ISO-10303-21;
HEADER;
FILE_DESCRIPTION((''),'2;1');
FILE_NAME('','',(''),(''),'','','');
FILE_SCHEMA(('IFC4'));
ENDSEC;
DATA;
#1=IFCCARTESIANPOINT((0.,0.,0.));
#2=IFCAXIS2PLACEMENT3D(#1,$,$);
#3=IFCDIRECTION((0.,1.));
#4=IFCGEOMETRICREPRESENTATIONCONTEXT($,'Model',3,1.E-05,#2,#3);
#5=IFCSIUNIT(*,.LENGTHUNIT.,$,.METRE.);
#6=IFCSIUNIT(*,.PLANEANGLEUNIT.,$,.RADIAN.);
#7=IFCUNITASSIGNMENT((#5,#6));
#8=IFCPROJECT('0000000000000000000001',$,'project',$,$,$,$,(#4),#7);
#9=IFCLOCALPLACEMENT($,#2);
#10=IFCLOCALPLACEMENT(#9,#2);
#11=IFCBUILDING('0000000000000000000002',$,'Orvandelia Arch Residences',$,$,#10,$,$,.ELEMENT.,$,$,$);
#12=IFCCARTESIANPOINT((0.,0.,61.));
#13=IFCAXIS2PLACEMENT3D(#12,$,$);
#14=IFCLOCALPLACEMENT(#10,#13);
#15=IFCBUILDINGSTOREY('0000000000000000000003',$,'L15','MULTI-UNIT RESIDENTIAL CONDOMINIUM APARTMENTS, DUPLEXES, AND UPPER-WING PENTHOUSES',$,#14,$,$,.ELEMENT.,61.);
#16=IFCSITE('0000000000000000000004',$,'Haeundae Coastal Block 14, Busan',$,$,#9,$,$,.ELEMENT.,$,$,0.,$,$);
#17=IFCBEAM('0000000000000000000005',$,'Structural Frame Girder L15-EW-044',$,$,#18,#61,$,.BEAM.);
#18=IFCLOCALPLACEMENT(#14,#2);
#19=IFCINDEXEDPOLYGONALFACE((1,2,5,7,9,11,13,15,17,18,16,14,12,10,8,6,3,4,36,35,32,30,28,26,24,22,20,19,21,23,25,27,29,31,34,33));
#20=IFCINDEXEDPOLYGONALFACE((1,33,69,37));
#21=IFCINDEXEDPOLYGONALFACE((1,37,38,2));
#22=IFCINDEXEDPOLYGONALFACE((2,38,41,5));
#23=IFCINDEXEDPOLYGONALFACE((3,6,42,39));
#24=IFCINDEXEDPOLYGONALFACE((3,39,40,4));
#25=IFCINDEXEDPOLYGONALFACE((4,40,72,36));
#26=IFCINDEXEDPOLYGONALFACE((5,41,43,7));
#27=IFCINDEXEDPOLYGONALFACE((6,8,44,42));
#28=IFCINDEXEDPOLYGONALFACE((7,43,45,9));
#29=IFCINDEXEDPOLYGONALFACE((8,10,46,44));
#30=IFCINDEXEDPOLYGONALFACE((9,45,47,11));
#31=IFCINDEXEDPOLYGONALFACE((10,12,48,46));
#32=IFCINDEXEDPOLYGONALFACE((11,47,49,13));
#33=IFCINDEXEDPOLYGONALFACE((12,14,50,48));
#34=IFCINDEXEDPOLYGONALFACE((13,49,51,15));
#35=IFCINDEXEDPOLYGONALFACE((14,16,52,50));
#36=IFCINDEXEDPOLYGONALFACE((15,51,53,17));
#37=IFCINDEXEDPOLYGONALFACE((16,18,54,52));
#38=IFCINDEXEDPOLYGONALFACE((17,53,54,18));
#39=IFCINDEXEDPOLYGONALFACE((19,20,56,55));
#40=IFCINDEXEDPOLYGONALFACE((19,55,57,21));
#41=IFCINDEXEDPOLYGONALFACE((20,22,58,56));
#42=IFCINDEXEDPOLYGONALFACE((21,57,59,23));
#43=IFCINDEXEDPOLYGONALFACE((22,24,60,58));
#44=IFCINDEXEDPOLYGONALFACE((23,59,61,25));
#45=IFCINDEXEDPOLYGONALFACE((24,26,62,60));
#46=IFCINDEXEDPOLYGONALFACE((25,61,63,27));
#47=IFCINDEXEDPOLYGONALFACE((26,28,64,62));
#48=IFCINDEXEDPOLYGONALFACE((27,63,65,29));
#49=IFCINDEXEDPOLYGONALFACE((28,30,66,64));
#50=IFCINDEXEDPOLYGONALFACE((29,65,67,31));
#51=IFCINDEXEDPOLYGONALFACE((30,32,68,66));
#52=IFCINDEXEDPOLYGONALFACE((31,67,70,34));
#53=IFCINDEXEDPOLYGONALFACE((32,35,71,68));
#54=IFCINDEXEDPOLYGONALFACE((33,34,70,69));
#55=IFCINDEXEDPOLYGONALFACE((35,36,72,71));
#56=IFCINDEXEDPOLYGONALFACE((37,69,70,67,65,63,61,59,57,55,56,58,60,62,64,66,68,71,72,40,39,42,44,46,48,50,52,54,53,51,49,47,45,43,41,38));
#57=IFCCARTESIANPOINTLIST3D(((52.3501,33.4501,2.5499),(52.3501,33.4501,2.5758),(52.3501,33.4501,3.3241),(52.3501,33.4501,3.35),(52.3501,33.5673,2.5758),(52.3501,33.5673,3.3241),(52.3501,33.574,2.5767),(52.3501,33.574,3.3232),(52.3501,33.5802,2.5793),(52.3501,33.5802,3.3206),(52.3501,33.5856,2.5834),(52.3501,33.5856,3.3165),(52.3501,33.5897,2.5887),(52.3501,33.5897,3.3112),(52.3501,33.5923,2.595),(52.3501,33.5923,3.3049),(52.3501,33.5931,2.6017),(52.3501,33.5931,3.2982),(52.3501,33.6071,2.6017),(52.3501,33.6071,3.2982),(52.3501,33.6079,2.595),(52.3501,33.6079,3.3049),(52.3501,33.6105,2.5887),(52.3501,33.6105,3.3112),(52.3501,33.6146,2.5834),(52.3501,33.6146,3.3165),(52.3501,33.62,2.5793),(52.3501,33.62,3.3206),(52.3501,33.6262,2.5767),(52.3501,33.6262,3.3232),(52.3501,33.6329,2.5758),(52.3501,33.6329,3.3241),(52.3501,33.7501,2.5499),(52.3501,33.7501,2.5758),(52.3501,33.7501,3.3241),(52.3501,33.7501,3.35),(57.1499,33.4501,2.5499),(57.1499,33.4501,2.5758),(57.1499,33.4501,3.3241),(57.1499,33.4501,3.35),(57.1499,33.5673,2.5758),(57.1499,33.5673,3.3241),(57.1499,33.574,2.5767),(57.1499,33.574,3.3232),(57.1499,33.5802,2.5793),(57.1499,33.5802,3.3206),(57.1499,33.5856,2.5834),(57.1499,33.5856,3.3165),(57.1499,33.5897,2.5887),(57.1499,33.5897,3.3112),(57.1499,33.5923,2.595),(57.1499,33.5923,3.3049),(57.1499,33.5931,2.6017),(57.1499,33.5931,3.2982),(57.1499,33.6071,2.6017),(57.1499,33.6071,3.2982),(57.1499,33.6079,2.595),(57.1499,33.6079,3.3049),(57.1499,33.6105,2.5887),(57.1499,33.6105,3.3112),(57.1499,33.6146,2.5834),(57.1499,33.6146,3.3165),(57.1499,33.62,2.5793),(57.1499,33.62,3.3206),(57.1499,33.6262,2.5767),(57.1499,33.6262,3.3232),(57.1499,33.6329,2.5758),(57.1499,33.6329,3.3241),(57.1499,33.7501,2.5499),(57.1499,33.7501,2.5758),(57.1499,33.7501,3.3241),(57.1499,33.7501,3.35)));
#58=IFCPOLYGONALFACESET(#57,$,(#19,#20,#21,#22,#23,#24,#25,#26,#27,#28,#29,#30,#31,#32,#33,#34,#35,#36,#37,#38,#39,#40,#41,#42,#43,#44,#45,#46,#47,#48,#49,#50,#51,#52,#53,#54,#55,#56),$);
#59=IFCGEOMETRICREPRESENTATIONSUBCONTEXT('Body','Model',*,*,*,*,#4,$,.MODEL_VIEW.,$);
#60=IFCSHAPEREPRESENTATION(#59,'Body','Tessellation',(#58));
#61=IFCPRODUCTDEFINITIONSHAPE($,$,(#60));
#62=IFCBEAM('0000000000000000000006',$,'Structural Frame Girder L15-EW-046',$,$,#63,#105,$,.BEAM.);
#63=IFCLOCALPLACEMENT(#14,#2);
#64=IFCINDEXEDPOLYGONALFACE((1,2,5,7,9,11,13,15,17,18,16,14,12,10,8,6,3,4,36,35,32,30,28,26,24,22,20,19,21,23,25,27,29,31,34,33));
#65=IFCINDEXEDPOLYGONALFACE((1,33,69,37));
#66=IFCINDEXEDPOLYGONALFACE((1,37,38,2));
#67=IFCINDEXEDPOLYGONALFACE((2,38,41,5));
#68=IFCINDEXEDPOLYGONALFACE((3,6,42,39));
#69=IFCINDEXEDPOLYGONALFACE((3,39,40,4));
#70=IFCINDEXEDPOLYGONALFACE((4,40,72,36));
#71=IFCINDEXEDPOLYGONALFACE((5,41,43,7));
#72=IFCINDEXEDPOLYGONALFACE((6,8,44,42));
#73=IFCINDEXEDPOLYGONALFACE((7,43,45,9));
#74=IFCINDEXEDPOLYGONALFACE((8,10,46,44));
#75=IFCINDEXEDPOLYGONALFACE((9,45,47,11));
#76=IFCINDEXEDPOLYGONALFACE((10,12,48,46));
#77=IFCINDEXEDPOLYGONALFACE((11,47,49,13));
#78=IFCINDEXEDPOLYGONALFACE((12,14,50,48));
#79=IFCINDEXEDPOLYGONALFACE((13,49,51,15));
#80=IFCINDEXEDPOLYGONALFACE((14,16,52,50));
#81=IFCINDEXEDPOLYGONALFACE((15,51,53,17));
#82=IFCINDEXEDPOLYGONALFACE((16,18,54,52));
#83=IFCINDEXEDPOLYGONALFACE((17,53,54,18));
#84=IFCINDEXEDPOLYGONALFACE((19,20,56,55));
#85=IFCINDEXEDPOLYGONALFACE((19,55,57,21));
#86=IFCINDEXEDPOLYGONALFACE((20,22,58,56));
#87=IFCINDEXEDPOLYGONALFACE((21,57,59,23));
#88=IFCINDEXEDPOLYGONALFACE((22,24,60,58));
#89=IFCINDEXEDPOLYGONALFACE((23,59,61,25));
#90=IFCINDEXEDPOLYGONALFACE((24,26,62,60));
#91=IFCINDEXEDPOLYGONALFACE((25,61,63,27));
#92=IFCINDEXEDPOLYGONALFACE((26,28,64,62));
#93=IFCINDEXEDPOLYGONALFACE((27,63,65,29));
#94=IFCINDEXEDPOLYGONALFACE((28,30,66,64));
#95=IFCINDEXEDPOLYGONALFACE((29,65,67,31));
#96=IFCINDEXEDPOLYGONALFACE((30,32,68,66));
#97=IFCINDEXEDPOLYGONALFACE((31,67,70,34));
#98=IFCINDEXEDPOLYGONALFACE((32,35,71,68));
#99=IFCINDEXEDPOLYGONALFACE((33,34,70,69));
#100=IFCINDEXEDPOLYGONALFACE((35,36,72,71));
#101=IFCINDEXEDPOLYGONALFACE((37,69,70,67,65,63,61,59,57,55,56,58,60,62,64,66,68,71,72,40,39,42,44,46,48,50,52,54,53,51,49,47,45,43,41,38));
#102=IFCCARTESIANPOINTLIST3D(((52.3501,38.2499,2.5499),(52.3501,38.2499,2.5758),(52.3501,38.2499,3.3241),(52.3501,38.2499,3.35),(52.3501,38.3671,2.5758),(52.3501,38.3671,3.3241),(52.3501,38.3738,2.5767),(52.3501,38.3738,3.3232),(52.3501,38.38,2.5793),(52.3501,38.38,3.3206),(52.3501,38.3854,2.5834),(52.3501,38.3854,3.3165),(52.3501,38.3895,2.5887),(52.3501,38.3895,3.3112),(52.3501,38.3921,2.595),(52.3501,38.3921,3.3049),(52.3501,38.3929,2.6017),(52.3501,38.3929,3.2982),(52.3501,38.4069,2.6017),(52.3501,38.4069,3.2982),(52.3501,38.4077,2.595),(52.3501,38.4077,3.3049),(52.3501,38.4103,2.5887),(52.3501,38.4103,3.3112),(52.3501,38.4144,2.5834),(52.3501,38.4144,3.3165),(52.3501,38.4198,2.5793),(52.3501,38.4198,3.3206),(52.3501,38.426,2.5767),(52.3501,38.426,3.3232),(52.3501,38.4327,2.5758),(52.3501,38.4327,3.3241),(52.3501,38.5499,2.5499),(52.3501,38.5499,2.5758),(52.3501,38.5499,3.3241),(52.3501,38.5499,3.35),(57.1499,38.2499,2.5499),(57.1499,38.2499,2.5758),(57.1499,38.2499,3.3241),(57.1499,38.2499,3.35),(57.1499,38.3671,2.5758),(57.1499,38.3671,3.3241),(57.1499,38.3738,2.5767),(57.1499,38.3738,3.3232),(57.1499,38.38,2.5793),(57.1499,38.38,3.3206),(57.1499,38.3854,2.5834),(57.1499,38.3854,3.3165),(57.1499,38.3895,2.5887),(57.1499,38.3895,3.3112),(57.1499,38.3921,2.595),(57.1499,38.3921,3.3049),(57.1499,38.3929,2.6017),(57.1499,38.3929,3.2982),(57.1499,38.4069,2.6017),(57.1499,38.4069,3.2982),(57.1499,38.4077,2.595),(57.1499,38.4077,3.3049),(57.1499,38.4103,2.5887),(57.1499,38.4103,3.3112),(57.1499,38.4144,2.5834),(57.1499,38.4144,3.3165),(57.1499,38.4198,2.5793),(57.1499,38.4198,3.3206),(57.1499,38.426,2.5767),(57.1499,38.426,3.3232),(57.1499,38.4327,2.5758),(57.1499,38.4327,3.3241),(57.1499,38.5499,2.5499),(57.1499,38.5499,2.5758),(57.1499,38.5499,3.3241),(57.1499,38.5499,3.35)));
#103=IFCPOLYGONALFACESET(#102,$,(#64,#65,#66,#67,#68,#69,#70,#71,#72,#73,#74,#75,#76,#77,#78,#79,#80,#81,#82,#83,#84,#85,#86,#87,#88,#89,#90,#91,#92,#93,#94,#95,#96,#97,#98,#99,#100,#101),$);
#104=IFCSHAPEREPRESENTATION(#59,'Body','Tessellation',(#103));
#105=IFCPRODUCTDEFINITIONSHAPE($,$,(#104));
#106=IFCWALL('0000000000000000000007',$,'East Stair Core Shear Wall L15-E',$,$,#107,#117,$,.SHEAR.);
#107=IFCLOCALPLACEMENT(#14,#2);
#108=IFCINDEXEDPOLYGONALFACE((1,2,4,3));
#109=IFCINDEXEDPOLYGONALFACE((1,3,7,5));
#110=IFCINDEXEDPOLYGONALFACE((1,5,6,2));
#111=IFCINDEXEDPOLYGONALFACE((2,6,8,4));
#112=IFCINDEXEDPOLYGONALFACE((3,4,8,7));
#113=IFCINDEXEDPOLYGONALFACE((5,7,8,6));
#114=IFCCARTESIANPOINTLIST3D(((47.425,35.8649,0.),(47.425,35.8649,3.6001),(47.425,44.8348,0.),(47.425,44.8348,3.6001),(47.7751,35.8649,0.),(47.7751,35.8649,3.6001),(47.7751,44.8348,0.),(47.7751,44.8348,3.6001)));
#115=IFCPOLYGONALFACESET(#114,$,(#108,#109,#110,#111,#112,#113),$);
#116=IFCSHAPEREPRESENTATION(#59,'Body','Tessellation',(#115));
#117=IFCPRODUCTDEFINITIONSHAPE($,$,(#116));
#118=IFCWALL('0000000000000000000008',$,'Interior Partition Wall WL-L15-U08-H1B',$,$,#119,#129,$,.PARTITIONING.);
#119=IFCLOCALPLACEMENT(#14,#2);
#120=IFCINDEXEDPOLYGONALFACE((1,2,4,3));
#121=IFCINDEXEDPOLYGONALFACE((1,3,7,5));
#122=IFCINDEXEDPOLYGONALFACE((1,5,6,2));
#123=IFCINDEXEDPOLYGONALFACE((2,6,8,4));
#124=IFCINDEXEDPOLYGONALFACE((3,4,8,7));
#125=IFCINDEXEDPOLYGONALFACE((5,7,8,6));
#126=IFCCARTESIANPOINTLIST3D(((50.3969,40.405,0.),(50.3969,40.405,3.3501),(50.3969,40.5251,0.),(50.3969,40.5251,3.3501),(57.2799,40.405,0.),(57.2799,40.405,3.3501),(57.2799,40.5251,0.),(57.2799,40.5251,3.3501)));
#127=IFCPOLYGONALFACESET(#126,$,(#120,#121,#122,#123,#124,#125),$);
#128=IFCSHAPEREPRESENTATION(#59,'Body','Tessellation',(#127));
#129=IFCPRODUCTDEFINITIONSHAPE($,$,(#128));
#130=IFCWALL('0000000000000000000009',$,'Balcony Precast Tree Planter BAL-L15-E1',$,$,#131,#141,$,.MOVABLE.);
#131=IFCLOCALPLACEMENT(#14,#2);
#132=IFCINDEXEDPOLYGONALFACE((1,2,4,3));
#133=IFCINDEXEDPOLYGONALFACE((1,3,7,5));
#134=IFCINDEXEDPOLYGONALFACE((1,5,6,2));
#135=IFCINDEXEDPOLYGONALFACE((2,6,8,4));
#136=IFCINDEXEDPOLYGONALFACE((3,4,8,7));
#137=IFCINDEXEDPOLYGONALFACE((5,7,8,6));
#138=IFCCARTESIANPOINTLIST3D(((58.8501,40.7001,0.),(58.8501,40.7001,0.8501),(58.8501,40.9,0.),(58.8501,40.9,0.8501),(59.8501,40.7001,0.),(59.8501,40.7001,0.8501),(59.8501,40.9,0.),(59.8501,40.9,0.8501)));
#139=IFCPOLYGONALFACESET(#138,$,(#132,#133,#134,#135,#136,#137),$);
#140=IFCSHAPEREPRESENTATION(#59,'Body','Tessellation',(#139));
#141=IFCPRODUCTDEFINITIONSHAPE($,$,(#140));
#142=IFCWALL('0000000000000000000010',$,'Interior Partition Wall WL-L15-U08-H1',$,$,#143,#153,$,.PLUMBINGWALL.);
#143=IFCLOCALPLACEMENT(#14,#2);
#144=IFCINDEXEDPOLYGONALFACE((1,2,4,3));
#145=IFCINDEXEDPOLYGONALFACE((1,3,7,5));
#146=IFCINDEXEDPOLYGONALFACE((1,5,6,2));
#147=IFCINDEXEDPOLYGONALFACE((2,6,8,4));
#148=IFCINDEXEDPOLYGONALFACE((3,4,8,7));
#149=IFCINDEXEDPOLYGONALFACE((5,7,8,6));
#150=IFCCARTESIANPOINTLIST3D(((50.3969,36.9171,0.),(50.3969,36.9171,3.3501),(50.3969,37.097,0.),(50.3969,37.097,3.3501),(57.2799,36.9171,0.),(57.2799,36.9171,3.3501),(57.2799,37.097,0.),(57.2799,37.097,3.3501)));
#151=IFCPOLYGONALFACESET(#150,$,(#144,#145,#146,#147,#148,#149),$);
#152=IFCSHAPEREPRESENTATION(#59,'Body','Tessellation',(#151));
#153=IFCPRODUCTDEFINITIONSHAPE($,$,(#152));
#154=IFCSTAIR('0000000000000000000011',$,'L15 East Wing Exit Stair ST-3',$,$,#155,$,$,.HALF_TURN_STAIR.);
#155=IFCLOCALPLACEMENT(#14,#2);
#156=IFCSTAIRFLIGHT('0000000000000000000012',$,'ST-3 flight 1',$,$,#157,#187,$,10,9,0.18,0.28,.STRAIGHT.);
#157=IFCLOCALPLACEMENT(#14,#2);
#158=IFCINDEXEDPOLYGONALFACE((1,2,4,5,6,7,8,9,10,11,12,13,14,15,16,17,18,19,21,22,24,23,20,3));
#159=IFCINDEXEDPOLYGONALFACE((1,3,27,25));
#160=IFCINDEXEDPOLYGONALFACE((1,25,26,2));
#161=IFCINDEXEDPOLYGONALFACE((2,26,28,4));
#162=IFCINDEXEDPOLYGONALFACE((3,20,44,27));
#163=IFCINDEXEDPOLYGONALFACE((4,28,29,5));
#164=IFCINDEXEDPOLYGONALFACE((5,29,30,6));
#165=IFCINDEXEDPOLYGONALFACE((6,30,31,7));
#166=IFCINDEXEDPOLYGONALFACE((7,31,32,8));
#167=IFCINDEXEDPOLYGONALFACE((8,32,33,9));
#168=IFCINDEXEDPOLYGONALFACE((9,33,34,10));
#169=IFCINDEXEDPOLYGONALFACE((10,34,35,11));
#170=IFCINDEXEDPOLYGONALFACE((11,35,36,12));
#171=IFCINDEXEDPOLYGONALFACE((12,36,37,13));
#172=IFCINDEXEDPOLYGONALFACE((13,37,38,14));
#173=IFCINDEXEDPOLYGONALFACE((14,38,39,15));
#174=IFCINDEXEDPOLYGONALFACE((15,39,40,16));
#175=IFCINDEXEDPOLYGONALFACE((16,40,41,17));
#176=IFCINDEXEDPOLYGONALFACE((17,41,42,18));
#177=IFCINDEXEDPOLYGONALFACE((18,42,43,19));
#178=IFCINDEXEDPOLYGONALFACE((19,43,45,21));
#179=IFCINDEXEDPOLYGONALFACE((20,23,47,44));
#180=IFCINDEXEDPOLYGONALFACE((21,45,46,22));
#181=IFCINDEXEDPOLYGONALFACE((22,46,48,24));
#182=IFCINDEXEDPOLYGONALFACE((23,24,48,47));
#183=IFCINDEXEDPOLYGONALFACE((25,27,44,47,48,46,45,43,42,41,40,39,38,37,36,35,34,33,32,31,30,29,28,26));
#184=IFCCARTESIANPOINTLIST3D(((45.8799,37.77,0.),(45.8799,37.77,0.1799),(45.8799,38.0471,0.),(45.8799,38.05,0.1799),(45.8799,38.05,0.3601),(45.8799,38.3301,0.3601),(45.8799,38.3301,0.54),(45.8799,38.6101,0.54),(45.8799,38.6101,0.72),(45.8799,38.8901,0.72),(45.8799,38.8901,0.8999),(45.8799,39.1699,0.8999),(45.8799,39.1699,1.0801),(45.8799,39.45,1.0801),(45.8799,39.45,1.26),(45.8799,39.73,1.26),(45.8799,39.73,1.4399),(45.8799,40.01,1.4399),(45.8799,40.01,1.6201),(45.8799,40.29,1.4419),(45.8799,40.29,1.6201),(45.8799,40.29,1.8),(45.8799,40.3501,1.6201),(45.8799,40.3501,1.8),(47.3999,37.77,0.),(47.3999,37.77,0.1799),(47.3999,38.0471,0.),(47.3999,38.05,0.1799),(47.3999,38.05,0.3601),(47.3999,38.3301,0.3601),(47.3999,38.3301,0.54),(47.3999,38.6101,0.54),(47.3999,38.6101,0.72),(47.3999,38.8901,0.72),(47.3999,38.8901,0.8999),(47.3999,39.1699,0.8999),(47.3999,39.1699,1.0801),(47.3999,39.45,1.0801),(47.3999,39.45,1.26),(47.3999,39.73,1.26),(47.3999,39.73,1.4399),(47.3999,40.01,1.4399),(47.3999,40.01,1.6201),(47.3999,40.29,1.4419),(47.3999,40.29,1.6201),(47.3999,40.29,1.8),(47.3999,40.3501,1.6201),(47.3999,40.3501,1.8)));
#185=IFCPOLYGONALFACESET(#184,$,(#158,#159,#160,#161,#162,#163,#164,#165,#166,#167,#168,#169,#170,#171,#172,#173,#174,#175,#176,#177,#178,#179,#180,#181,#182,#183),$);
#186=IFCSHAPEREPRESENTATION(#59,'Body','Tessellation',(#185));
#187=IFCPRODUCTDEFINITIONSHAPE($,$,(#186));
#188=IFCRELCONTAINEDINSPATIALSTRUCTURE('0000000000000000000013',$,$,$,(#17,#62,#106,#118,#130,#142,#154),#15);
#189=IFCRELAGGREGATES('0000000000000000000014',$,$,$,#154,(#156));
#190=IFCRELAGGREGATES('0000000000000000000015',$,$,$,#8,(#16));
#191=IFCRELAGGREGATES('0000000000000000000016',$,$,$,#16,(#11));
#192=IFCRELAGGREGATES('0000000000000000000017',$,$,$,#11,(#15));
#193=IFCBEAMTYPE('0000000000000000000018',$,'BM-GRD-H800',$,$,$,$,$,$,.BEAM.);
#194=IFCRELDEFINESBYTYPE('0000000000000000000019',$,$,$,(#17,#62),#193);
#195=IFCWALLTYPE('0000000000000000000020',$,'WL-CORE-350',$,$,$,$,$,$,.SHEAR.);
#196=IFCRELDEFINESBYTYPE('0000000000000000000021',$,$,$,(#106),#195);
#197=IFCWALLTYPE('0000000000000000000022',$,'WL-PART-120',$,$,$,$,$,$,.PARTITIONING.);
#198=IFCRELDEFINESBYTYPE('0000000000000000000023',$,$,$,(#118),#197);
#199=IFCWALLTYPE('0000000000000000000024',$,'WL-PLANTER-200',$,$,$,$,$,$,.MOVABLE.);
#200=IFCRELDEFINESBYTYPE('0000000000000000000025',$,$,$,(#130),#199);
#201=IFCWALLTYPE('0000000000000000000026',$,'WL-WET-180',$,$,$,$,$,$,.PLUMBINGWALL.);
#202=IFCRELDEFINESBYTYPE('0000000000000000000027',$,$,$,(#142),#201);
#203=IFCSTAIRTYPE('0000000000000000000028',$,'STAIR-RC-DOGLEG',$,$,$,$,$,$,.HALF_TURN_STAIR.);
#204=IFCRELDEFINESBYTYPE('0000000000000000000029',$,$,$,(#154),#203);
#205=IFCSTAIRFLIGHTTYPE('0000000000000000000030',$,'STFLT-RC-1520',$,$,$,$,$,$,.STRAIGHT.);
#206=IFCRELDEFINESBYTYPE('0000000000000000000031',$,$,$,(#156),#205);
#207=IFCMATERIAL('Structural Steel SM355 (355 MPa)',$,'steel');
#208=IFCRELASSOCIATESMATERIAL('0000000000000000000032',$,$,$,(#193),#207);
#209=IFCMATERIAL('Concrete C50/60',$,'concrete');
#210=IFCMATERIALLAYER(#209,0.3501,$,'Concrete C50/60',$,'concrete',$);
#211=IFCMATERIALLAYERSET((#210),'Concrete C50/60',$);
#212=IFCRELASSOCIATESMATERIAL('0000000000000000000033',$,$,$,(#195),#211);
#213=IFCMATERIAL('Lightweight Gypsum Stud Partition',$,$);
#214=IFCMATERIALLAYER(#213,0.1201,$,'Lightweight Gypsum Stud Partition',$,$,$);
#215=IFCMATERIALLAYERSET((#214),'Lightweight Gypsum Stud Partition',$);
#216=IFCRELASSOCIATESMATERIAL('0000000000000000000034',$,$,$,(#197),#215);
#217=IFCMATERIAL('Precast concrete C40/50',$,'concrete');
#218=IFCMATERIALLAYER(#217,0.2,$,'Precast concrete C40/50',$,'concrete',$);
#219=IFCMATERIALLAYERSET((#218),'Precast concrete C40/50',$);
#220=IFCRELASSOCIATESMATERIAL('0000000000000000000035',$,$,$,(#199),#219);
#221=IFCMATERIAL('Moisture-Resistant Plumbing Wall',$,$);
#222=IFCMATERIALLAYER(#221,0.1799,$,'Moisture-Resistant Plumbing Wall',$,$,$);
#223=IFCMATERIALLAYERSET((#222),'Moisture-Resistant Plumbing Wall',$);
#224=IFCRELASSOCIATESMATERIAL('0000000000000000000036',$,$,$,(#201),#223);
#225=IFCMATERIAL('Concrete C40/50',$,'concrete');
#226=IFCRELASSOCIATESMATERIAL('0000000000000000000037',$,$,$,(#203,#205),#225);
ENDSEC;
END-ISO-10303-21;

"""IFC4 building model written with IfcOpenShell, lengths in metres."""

from ifc_helpers import new_model, si_unit, direction, frame, frame_2d, origin, origin_2d, place, context, subcontext, project, spatial, polyline, rectangle, i_section, outline, extrude, material, layer, layer_set, material_profile, profile_set, type_object, element, aggregate, save


model = new_model("IFC4")

# Units and contexts
model_context = context("Model", 3, precision=1e-05, world=origin(), true_north=direction((0.0, 1.0)))
body_context = subcontext(model_context, "Body", "Model", "MODEL_VIEW")
ifc_project = project(units=[si_unit("LENGTHUNIT", "METRE"), si_unit("PLANEANGLEUNIT", "RADIAN")], contexts=[model_context])

# Site, building, storey
site_placement = place(None, origin())
site = spatial("IfcSite", under=ifc_project, at=site_placement, Name="Haeundae Coastal Block 14, Busan", CompositionType="ELEMENT", RefElevation=0.0)
building_placement = place(site_placement, origin())
building = spatial("IfcBuilding", under=site, at=building_placement, Name="Orvandelia Arch Residences", CompositionType="ELEMENT")
storey_placement = place(building_placement, frame((0.0, 0.0, 61.0)))
storey = spatial("IfcBuildingStorey", under=building, at=storey_placement, Name="L15", Description="MULTI-UNIT RESIDENTIAL CONDOMINIUM APARTMENTS, DUPLEXES, AND UPPER-WING PENTHOUSES", CompositionType="ELEMENT", Elevation=61.0)

# Beams
ifc_material_1 = material(Name="Structural Steel SM355 (355 MPa)", Category="steel")
ifc_material_profile_1 = material_profile(ifc_material_1, i_section(OverallWidth=0.3, OverallDepth=0.8, WebThickness=0.0139, FlangeThickness=0.0259, FilletRadius=0.0259, at=origin_2d()), Name="Structural Steel SM355 (355 MPa)", Category="steel")
ifc_profile_set_1 = profile_set([ifc_material_profile_1], Name="Structural Steel SM355 (355 MPa)")
beam_type = type_object("IfcBeamType", Name="BM-GRD-H800", PredefinedType="BEAM", material=ifc_profile_set_1)
for number, where, z_axis, x_axis, name in (
    (1, (52.3501, 33.6001, 2.95), (1.0, 0.0, 0.0), (0.0, 1.0, 0.0), "Structural Frame Girder L15-EW-044"),
    (2, (52.3501, 38.3999, 2.95), (1.0, 0.0, 0.0), (0.0, 1.0, 0.0), "Structural Frame Girder L15-EW-046"),
):
    element("IfcBeam", number, at=place(storey_placement, frame(where, z_axis=z_axis, x_axis=x_axis)), inside=storey, type_object=beam_type, Name=name, PredefinedType="BEAM", context=body_context, shape_type="SweptSolid", body=[
        extrude(i_section(OverallWidth=0.3, OverallDepth=0.8, WebThickness=0.0139, FlangeThickness=0.0259, FilletRadius=0.0259, at=origin_2d()), origin(), (0.0, 0.0, 1.0), 4.7998),
    ])

# Wall
ifc_material_2 = material(Name="Concrete C50/60", Category="concrete")
ifc_layer_1 = layer(ifc_material_2, 0.3501, Name="Concrete C50/60", Category="concrete")
ifc_layer_set_1 = layer_set([ifc_layer_1], Name="Concrete C50/60")
wall_type_1 = type_object("IfcWallType", Name="WL-CORE-350", PredefinedType="SHEAR", material=ifc_layer_set_1)
wall_1_placement = place(storey_placement, frame((47.6001, 35.865, 0.0), z_axis=(0.0, 0.0, 1.0), x_axis=(0.0, 1.0, 0.0)))
element("IfcWall", 3, at=wall_1_placement, inside=storey, type_object=wall_type_1, Name="East Stair Core Shear Wall L15-E", PredefinedType="SHEAR", context=body_context, shape_type="SweptSolid", body=[
    extrude(rectangle(XDim=8.97, YDim=0.3501, at=frame_2d((4.4849, 0.0))), origin(), (0.0, 0.0, 1.0), 3.6001),
])

# Shared definitions
ifc_material_3 = material(Name="Lightweight Gypsum Stud Partition")
ifc_layer_2 = layer(ifc_material_3, 0.1201, Name="Lightweight Gypsum Stud Partition")
ifc_layer_set_2 = layer_set([ifc_layer_2], Name="Lightweight Gypsum Stud Partition")
wall_type_2 = type_object("IfcWallType", Name="WL-PART-120", PredefinedType="PARTITIONING", material=ifc_layer_set_2)

# Walls
wall_2_placement = place(storey_placement, frame((50.397, 40.4651, 0.0), z_axis=(0.0, 0.0, 1.0), x_axis=(1.0, 0.0, 0.0)))
element("IfcWall", 4, at=wall_2_placement, inside=storey, type_object=wall_type_2, Name="Interior Partition Wall WL-L15-U08-H1B", PredefinedType="PARTITIONING", context=body_context, shape_type="SweptSolid", body=[
    extrude(rectangle(XDim=6.8831, YDim=0.1201, at=frame_2d((3.4414, 0.0))), origin(), (0.0, 0.0, 1.0), 3.3501),
])
ifc_material_4 = material(Name="Precast concrete C40/50", Category="concrete")
ifc_layer_3 = layer(ifc_material_4, 0.2, Name="Precast concrete C40/50", Category="concrete")
ifc_layer_set_3 = layer_set([ifc_layer_3], Name="Precast concrete C40/50")
wall_type_3 = type_object("IfcWallType", Name="WL-PLANTER-200", PredefinedType="MOVABLE", material=ifc_layer_set_3)
wall_3_placement = place(storey_placement, frame((58.8501, 40.8, 0.0), z_axis=(0.0, 0.0, 1.0), x_axis=(1.0, 0.0, 0.0)))
element("IfcWall", 5, at=wall_3_placement, inside=storey, type_object=wall_type_3, Name="Balcony Precast Tree Planter BAL-L15-E1", PredefinedType="MOVABLE", context=body_context, shape_type="SweptSolid", body=[
    extrude(rectangle(XDim=1.0, YDim=0.2, at=frame_2d((0.5, 0.0))), origin(), (0.0, 0.0, 1.0), 0.8501),
])
ifc_material_5 = material(Name="Moisture-Resistant Plumbing Wall")
ifc_layer_4 = layer(ifc_material_5, 0.1799, Name="Moisture-Resistant Plumbing Wall")
ifc_layer_set_4 = layer_set([ifc_layer_4], Name="Moisture-Resistant Plumbing Wall")
wall_type_4 = type_object("IfcWallType", Name="WL-WET-180", PredefinedType="PLUMBINGWALL", material=ifc_layer_set_4)
wall_4_placement = place(storey_placement, frame((50.397, 37.0071, 0.0), z_axis=(0.0, 0.0, 1.0), x_axis=(1.0, 0.0, 0.0)))
element("IfcWall", 6, at=wall_4_placement, inside=storey, type_object=wall_type_4, Name="Interior Partition Wall WL-L15-U08-H1", PredefinedType="PLUMBINGWALL", context=body_context, shape_type="SweptSolid", body=[
    extrude(rectangle(XDim=6.8831, YDim=0.1799, at=frame_2d((3.4414, 0.0))), origin(), (0.0, 0.0, 1.0), 3.3501),
])

# Stair, stair flight
ifc_material_6 = material(Name="Concrete C40/50", Category="concrete")
stair_type = type_object("IfcStairType", Name="STAIR-RC-DOGLEG", PredefinedType="HALF_TURN_STAIR", material=ifc_material_6)
stair_placement = place(storey_placement, origin())
stair = element("IfcStair", 7, at=stair_placement, inside=storey, type_object=stair_type, Name="L15 East Wing Exit Stair ST-3", PredefinedType="HALF_TURN_STAIR")
stair_flight_type = type_object("IfcStairFlightType", Name="STFLT-RC-1520", PredefinedType="STRAIGHT", material=ifc_material_6)
stair_flight_placement = place(storey_placement, frame((46.6399, 37.77, 0.0), z_axis=(0.0, 0.0, 1.0), x_axis=(0.0, 1.0, 0.0)))
stair_flight = element("IfcStairFlight", 8, at=stair_flight_placement, type_object=stair_flight_type, Name="ST-3 flight 1", NumberOfRisers=10, NumberOfTreads=9, PredefinedType="STRAIGHT", RiserHeight=0.18, TreadLength=0.28, context=body_context, shape_type="SweptSolid", body=[
    extrude(outline(polyline([(0.0, 0.0), (0.0, 0.1799), (0.28, 0.1799), (0.28, 0.3601), (0.5601, 0.3601), (0.5601, 0.54), (0.8401, 0.54), (0.8401, 0.72), (1.1201, 0.72), (1.1201, 0.8999), (1.3999, 0.8999), (1.3999, 1.0801), (1.6799, 1.0801), (1.6799, 1.26), (1.96, 1.26), (1.96, 1.4399), (2.24, 1.4399), (2.24, 1.6201), (2.52, 1.6201), (2.52, 1.8), (2.5801, 1.8), (2.5801, 1.6201), (2.52, 1.4419), (0.2771, 0.0), (0.0, 0.0)])), frame((0.0, 0.76, 0.0), z_axis=(0.0, -1.0, 0.0), x_axis=(1.0, 0.0, 0.0)), (0.0, 0.0, 1.0), 1.52),
])
aggregate(stair, [stair_flight])

save(model, "model.ifc")
